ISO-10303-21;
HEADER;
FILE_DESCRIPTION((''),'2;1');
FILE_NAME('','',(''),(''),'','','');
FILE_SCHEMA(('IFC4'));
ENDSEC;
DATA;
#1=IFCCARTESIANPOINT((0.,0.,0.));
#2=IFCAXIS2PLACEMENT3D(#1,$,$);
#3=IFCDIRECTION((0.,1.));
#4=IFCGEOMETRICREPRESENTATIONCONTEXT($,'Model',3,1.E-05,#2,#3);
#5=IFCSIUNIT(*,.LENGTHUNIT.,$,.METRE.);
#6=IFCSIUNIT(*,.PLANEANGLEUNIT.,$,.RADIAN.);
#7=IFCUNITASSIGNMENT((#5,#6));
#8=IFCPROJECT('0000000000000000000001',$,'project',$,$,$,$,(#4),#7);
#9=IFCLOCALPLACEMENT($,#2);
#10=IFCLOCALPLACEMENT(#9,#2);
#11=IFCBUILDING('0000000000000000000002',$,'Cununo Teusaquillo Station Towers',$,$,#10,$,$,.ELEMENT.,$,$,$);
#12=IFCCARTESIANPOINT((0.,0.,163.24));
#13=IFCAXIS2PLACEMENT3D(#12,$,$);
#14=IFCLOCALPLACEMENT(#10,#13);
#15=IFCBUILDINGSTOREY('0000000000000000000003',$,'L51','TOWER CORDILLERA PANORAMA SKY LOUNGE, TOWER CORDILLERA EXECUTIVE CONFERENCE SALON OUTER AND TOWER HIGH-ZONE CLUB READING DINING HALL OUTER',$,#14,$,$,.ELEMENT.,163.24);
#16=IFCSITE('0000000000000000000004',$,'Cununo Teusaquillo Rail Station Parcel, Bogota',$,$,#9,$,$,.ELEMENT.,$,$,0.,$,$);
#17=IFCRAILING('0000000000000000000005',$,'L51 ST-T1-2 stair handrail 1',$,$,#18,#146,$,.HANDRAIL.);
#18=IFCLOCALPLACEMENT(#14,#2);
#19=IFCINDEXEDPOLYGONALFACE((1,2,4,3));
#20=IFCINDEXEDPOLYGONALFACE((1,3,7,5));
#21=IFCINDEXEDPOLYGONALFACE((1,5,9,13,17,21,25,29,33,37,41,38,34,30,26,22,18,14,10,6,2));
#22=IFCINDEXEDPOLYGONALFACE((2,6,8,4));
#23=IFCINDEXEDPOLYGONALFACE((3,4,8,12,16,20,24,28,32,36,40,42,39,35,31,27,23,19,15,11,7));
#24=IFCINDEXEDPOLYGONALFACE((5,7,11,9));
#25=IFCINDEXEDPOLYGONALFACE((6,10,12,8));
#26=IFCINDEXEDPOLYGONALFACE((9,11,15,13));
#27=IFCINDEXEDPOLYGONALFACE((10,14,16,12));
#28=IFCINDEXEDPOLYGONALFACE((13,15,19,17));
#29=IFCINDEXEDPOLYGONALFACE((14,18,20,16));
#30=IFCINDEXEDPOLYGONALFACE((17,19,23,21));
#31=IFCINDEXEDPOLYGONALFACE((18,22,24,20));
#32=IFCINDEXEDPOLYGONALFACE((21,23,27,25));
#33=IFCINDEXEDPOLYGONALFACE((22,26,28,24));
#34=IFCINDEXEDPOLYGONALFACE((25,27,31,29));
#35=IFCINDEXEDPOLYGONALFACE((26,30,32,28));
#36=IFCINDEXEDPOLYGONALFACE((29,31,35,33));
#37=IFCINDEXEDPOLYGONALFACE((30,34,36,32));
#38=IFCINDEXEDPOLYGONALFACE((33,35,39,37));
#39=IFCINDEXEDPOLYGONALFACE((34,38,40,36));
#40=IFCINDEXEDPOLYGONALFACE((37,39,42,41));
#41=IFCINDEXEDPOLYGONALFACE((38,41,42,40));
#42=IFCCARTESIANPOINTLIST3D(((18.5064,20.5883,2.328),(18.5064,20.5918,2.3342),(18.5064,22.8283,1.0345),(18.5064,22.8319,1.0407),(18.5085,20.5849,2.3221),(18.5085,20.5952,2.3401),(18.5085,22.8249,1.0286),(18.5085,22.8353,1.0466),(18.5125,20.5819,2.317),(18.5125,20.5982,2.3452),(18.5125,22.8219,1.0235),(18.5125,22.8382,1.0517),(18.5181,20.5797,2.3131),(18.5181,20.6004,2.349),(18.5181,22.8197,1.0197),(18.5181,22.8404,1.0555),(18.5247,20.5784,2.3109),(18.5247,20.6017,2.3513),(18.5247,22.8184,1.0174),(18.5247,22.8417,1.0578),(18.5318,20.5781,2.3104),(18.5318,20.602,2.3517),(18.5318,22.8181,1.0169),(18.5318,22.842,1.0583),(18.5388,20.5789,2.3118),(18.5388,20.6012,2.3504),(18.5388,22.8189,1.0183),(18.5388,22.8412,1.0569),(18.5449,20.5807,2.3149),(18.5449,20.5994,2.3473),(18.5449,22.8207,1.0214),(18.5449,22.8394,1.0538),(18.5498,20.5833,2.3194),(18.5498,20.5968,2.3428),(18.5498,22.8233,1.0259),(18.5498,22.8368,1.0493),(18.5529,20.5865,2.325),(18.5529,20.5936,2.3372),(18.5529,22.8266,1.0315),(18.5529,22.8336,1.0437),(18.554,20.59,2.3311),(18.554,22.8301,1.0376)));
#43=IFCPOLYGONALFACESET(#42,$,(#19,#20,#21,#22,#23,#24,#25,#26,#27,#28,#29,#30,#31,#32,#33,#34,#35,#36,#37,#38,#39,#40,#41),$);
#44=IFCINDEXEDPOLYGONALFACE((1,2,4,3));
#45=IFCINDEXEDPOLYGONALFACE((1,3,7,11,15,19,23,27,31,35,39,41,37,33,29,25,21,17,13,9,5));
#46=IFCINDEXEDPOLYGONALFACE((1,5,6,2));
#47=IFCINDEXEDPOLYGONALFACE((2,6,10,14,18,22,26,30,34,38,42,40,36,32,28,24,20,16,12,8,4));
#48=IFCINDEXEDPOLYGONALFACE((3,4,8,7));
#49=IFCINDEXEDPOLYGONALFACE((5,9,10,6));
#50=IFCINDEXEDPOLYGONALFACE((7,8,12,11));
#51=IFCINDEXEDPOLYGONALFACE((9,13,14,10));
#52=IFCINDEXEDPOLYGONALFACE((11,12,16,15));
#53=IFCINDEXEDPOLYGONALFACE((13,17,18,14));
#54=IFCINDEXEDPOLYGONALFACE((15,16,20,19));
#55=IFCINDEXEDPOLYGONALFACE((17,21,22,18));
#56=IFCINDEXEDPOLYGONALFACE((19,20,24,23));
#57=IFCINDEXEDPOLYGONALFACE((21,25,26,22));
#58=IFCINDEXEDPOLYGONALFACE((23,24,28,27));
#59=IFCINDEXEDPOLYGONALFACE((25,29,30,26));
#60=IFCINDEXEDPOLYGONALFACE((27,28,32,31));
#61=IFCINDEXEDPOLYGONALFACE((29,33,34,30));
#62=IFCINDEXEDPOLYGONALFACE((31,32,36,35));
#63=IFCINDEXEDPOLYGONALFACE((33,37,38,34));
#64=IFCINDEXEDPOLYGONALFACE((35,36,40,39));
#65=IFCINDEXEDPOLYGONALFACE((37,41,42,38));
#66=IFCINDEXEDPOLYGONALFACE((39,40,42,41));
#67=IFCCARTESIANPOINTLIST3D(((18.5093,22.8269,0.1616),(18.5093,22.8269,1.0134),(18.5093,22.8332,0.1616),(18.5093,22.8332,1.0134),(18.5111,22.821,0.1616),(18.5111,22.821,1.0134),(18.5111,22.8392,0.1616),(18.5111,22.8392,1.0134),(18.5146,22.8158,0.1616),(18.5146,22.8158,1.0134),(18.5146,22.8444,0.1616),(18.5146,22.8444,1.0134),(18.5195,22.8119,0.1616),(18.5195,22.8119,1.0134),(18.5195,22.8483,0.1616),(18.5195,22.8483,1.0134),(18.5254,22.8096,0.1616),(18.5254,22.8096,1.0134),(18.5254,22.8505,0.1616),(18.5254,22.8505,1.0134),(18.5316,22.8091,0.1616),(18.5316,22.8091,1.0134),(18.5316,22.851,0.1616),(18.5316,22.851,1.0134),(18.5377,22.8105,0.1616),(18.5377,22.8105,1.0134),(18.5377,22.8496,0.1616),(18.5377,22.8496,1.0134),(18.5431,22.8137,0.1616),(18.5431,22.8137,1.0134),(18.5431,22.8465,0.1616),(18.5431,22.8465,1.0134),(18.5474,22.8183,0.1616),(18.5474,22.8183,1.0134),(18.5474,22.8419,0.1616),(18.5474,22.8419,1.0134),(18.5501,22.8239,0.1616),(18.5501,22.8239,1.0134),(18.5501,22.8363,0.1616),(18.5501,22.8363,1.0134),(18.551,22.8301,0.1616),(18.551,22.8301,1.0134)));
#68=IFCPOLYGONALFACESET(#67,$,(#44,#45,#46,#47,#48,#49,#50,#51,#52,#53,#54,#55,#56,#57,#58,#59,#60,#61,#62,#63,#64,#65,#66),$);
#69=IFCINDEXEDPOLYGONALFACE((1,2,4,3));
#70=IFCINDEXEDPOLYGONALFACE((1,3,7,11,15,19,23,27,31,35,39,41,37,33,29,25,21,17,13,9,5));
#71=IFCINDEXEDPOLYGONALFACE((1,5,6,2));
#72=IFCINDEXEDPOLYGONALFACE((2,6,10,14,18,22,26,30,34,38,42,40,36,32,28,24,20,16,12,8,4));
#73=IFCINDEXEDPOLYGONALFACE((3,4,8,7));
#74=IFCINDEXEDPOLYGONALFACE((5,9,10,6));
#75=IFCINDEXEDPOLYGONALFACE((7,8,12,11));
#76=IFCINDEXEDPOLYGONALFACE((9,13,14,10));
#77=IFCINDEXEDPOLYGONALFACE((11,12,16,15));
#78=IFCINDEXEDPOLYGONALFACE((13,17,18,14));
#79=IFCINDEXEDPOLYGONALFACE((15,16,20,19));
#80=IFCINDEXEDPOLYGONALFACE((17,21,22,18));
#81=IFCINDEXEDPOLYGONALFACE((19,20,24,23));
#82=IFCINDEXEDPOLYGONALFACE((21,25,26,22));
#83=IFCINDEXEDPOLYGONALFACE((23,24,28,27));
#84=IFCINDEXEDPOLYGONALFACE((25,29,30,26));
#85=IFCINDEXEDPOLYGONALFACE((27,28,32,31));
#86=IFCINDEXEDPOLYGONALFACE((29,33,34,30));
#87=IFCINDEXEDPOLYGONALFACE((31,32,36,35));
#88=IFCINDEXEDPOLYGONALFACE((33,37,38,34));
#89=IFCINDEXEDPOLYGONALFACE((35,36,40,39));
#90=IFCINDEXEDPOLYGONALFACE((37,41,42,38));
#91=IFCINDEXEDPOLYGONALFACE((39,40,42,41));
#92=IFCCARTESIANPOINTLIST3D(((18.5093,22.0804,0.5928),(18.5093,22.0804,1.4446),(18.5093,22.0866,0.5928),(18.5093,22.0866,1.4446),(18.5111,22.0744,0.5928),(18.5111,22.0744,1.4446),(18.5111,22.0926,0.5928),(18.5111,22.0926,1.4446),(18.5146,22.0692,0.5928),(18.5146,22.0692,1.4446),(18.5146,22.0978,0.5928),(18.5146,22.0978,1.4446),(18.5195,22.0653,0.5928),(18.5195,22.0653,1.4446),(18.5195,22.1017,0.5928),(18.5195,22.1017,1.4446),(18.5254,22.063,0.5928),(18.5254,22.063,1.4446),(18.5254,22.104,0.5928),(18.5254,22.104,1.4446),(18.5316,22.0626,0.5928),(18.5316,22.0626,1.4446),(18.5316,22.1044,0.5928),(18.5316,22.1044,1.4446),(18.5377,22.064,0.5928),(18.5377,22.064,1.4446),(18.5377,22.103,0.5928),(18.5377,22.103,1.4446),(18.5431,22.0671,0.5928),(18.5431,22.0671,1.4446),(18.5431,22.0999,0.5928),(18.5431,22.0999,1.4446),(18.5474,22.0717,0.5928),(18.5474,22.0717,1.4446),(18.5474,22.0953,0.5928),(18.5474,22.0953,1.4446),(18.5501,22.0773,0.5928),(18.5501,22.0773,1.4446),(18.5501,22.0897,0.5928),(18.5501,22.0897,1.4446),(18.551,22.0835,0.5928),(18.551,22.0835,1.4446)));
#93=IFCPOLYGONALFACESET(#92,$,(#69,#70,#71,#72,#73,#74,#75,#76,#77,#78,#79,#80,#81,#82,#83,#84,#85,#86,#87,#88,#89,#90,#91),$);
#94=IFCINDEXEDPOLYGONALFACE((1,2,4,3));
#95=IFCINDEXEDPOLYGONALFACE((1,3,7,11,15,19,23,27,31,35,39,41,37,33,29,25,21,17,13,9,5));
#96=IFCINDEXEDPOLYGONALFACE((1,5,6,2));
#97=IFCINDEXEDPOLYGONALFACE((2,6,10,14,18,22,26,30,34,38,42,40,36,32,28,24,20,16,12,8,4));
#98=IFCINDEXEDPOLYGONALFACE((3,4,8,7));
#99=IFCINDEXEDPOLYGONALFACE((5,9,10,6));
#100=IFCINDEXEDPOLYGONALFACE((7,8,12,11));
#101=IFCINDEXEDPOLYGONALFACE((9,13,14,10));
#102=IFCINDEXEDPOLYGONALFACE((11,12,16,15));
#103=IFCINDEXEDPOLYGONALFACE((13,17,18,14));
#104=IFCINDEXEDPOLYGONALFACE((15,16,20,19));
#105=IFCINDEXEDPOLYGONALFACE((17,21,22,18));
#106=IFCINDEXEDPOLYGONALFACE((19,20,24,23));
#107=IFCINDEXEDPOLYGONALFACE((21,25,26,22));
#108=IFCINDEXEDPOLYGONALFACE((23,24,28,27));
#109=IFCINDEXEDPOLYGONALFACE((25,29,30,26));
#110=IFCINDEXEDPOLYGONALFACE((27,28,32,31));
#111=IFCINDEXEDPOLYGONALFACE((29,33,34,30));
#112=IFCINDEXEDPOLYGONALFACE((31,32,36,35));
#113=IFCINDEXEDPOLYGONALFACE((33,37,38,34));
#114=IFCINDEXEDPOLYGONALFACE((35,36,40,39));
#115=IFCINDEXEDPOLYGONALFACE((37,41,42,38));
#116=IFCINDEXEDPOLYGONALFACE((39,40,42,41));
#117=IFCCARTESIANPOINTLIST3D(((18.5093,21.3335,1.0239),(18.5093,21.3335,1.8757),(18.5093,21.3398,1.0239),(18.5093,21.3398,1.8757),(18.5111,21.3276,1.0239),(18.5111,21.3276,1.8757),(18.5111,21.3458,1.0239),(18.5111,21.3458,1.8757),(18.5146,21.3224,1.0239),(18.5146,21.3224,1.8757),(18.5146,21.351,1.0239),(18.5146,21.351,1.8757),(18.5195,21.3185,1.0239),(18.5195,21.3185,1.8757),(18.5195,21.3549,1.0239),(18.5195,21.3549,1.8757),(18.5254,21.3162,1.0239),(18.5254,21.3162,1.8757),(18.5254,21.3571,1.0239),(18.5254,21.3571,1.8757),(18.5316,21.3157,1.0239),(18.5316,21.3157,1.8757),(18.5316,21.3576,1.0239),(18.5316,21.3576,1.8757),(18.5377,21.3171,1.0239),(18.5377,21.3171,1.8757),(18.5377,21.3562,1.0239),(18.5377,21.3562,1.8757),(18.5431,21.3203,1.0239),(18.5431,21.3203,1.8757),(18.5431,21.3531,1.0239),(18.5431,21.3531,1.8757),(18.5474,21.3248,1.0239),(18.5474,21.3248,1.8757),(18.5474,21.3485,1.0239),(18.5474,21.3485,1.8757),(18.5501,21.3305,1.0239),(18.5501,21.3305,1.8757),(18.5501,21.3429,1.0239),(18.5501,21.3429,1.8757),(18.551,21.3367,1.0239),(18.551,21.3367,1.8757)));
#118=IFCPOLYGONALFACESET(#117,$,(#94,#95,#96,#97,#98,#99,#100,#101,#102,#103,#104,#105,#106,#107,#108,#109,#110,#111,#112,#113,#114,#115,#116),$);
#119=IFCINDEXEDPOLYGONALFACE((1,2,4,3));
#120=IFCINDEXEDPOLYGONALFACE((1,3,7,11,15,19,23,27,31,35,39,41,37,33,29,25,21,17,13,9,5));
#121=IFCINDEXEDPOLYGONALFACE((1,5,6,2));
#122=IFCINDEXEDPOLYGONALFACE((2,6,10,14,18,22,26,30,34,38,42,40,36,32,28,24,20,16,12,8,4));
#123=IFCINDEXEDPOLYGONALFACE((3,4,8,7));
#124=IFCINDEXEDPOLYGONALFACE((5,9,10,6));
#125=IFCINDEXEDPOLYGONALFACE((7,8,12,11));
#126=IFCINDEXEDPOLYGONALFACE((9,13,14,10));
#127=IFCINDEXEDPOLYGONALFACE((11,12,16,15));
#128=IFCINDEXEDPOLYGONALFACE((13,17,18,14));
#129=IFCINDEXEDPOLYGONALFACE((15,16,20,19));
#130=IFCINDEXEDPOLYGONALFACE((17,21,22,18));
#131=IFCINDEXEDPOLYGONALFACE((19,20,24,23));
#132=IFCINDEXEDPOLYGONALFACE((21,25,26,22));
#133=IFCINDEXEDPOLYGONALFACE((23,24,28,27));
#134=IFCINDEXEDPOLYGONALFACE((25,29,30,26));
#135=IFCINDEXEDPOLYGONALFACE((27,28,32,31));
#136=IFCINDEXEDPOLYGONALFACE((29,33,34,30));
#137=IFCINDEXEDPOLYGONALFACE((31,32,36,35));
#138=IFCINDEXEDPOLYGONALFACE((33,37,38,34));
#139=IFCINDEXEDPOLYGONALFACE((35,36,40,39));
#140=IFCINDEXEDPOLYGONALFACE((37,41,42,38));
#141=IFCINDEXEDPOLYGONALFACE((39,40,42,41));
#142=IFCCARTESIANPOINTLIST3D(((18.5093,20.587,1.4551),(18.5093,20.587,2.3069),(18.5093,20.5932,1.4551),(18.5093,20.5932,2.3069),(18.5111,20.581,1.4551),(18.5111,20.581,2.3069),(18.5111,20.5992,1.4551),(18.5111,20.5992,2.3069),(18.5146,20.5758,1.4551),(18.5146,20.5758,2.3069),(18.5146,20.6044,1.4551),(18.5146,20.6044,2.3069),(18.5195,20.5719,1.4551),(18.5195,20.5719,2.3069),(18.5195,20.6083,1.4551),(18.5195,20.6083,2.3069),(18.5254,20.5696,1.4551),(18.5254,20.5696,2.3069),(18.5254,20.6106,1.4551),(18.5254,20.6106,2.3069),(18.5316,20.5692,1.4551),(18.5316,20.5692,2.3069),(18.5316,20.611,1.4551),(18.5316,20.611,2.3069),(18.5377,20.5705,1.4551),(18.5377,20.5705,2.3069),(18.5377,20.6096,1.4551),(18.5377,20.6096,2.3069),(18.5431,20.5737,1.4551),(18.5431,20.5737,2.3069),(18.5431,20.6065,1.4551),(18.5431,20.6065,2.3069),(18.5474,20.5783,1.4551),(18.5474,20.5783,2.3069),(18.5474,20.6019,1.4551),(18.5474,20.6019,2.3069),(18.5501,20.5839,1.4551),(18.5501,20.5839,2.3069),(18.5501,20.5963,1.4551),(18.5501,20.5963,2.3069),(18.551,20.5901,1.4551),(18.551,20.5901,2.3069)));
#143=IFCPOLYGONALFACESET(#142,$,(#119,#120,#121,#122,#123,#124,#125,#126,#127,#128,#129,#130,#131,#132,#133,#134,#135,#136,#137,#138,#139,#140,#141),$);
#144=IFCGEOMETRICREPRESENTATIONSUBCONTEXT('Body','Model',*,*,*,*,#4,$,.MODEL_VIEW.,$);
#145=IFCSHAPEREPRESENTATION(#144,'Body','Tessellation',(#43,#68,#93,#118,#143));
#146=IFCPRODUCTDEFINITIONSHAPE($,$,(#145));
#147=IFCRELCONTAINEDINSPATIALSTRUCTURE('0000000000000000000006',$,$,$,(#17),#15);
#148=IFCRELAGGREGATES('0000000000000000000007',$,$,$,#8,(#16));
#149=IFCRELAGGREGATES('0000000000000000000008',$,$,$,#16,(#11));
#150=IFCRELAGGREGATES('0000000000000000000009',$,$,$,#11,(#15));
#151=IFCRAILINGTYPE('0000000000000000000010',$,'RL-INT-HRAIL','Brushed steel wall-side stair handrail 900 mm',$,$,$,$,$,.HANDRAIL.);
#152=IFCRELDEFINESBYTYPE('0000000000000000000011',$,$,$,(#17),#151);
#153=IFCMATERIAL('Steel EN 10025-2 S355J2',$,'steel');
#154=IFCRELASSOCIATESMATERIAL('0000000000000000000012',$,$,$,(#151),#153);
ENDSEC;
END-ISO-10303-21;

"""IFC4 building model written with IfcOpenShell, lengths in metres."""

from ifc_helpers import new_model, si_unit, direction, frame, origin, origin_2d, place, context, subcontext, project, spatial, circle, extrude, material, type_object, element, save


model = new_model("IFC4")

# Units and contexts
model_context = context("Model", 3, precision=1e-05, world=origin(), true_north=direction((0.0, 1.0)))
body_context = subcontext(model_context, "Body", "Model", "MODEL_VIEW")
ifc_project = project(units=[si_unit("LENGTHUNIT", "METRE"), si_unit("PLANEANGLEUNIT", "RADIAN")], contexts=[model_context])

# Site, building, storey
site_placement = place(None, origin())
site = spatial("IfcSite", under=ifc_project, at=site_placement, Name="Cununo Teusaquillo Rail Station Parcel, Bogota", CompositionType="ELEMENT", RefElevation=0.0)
building_placement = place(site_placement, origin())
building = spatial("IfcBuilding", under=site, at=building_placement, Name="Cununo Teusaquillo Station Towers", CompositionType="ELEMENT")
storey_placement = place(building_placement, frame((0.0, 0.0, 163.24)))
storey = spatial("IfcBuildingStorey", under=building, at=storey_placement, Name="L51", Description="TOWER CORDILLERA PANORAMA SKY LOUNGE, TOWER CORDILLERA EXECUTIVE CONFERENCE SALON OUTER AND TOWER HIGH-ZONE CLUB READING DINING HALL OUTER", CompositionType="ELEMENT", Elevation=163.24)

# Railing
ifc_material_1 = material(Name="Steel EN 10025-2 S355J2", Category="steel")
railing_type_1 = type_object("IfcRailingType", Name="RL-INT-HRAIL", Description="Brushed steel wall-side stair handrail 900 mm", PredefinedType="HANDRAIL", material=ifc_material_1)
railing_1_placement = place(storey_placement, frame((18.53, 22.8301, 0.1616)))
element("IfcRailing", 1, at=railing_1_placement, inside=storey, type_object=railing_type_1, Name="L51 ST-T1-2 stair handrail 1", PredefinedType="HANDRAIL", context=body_context, shape_type="SweptSolid", body=[
    extrude(circle(Radius=0.0239, at=origin_2d()), frame((0.0, 0.0, 0.876), z_axis=(0.0, -0.865992, 0.500057), x_axis=(1.0, 0.0, 0.0)), (0.0, 0.0, 1.0), 2.5867),
    extrude(circle(Radius=0.021, at=origin_2d()), origin(), (0.0, 0.0, 1.0), 0.8518),
    extrude(circle(Radius=0.021, at=origin_2d()), frame((0.0, -0.7466, 0.4312)), (0.0, 0.0, 1.0), 0.8518),
    extrude(circle(Radius=0.021, at=origin_2d()), frame((0.0, -1.4934, 0.8623)), (0.0, 0.0, 1.0), 0.8518),
    extrude(circle(Radius=0.021, at=origin_2d()), frame((0.0, -2.24, 1.2935)), (0.0, 0.0, 1.0), 0.8518),
])

save(model, "model.ifc")
